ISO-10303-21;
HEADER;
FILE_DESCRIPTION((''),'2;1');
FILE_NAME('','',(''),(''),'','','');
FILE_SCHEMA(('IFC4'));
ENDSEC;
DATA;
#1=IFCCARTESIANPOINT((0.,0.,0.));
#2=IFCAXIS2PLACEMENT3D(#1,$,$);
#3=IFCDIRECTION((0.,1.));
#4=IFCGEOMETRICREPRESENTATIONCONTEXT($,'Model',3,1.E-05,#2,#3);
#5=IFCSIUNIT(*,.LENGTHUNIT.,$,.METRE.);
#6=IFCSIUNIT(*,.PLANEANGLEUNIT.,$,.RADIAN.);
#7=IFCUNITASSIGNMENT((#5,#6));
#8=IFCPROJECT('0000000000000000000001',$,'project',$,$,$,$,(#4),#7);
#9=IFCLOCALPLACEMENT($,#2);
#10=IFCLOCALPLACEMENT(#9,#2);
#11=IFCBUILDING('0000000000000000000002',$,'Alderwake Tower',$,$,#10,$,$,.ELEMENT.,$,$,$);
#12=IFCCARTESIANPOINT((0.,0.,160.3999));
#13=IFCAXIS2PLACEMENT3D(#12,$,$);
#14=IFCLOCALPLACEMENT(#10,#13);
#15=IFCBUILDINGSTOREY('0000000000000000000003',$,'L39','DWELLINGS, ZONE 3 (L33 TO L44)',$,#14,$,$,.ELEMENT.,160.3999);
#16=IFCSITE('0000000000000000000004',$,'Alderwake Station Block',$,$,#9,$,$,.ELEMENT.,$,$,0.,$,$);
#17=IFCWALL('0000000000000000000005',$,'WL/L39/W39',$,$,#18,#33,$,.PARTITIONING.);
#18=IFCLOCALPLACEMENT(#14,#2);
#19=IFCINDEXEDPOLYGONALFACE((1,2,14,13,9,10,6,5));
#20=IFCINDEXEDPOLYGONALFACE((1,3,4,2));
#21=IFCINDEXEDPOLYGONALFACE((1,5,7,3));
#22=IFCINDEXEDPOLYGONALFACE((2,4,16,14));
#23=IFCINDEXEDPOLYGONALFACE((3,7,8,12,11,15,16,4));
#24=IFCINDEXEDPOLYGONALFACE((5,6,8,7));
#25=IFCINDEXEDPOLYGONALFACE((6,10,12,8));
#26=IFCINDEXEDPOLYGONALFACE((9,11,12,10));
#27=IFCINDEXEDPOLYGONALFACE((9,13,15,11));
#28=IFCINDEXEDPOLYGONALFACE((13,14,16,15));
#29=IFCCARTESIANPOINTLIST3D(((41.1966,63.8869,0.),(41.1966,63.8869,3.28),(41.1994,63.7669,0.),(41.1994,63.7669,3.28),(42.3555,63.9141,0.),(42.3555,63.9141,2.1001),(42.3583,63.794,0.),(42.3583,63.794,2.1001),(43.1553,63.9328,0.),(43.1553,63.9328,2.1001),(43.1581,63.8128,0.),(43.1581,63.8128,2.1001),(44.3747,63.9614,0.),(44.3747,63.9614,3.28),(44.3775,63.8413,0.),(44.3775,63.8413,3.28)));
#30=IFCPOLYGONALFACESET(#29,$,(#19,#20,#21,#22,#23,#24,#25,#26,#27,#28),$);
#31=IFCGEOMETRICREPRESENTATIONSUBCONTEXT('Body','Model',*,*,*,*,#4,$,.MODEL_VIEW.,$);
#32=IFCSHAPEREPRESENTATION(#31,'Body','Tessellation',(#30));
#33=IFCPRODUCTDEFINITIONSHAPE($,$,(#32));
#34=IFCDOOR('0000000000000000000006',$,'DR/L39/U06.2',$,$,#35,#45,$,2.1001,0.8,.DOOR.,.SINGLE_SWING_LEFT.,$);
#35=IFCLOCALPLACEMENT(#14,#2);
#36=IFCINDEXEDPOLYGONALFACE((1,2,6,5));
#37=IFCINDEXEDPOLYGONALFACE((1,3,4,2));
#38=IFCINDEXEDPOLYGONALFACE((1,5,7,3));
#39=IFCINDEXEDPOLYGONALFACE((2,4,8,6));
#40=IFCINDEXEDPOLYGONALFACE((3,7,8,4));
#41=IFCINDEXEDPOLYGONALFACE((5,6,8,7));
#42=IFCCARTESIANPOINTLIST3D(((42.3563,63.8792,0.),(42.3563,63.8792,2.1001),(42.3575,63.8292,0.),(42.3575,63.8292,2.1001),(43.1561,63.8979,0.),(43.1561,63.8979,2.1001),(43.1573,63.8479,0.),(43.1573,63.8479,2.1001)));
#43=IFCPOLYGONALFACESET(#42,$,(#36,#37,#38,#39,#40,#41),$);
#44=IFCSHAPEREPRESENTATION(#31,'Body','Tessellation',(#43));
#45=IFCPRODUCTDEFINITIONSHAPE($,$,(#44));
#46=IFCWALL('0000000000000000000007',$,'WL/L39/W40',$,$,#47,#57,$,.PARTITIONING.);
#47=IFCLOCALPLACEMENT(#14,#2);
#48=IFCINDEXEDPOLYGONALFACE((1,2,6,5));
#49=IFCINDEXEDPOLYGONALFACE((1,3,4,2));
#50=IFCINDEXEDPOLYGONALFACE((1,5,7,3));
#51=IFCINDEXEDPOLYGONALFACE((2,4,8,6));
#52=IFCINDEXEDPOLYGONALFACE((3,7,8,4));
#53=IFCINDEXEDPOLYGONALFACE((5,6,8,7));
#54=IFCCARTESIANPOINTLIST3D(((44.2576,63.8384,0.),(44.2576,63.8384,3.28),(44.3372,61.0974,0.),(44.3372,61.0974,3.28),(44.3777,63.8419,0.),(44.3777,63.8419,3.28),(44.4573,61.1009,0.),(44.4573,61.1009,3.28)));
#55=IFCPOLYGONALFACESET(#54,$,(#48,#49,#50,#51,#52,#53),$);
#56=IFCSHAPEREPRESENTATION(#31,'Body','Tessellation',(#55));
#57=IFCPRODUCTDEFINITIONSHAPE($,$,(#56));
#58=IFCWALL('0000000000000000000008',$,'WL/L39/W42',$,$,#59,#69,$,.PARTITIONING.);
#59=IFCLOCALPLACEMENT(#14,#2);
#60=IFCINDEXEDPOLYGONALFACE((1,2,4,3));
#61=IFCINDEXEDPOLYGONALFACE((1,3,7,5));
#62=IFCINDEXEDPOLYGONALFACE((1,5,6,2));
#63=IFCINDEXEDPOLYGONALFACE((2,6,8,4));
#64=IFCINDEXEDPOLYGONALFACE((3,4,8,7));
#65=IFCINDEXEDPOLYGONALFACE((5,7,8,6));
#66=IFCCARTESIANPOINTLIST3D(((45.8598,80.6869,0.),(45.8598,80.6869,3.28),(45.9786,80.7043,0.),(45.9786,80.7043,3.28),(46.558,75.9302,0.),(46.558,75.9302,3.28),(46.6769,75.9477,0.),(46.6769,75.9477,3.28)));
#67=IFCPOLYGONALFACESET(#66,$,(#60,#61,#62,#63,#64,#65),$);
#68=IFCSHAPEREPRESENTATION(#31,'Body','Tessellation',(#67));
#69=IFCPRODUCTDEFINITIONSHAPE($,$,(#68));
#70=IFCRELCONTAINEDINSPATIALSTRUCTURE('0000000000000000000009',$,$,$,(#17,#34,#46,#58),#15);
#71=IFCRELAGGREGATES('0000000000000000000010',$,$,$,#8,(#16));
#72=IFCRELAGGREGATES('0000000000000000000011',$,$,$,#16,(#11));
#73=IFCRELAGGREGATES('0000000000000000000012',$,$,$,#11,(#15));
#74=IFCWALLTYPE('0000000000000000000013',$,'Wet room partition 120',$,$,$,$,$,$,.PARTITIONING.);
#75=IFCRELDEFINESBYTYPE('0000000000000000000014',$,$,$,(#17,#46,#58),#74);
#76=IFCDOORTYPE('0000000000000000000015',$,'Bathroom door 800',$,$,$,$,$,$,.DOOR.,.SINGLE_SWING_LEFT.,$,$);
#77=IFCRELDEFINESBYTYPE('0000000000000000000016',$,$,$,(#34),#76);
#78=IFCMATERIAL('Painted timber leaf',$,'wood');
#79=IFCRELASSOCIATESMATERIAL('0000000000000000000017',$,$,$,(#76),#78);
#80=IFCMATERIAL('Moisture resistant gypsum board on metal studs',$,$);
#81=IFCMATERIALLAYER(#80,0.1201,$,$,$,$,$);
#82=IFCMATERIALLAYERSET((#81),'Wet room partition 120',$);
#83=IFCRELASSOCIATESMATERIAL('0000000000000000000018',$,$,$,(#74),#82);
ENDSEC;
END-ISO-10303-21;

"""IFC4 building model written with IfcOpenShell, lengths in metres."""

from ifc_helpers import new_model, si_unit, direction, frame, frame_2d, origin, place, context, subcontext, project, spatial, rectangle, extrude, material, layer, layer_set, type_object, element, fill, save


model = new_model("IFC4")

# Units and contexts
model_context = context("Model", 3, precision=1e-05, world=origin(), true_north=direction((0.0, 1.0)))
body_context = subcontext(model_context, "Body", "Model", "MODEL_VIEW")
ifc_project = project(units=[si_unit("LENGTHUNIT", "METRE"), si_unit("PLANEANGLEUNIT", "RADIAN")], contexts=[model_context])

# Site, building, storey
site_placement = place(None, origin())
site = spatial("IfcSite", under=ifc_project, at=site_placement, Name="Alderwake Station Block", CompositionType="ELEMENT", RefElevation=0.0)
building_placement = place(site_placement, origin())
building = spatial("IfcBuilding", under=site, at=building_placement, Name="Alderwake Tower", CompositionType="ELEMENT")
storey_placement = place(building_placement, frame((0.0, 0.0, 160.3999)))
storey = spatial("IfcBuildingStorey", under=building, at=storey_placement, Name="L39", Description="DWELLINGS, ZONE 3 (L33 TO L44)", CompositionType="ELEMENT", Elevation=160.3999)

# Shared definitions
ifc_material_1 = material(Name="Painted timber leaf", Category="wood")
door_type_1 = type_object("IfcDoorType", Name="Bathroom door 800", OperationType="SINGLE_SWING_LEFT", PredefinedType="DOOR", material=ifc_material_1)

# Shared definitions
ifc_material_2 = material(Name="Moisture resistant gypsum board on metal studs")
ifc_layer_1 = layer(ifc_material_2, 0.1201)
ifc_layer_set_1 = layer_set([ifc_layer_1], Name="Wet room partition 120")
wall_type_1 = type_object("IfcWallType", Name="Wet room partition 120", PredefinedType="PARTITIONING", material=ifc_layer_set_1)

# Wall, opening, door
wall_1_placement = place(storey_placement, frame((44.376, 63.9014, 0.0), z_axis=(0.0, 0.0, 1.0), x_axis=(-0.999726, -0.023424, 0.0)))
wall_1 = element("IfcWall", 1, at=wall_1_placement, inside=storey, type_object=wall_type_1, Name="WL/L39/W39", PredefinedType="PARTITIONING", context=body_context, shape_type="SweptSolid", body=[
    extrude(rectangle(XDim=3.179, YDim=0.1201, at=frame_2d((1.5894, 0.0))), origin(), (0.0, 0.0, 1.0), 3.28),
])
opening_1_placement = place(wall_1_placement, frame((1.2197, 0.0, 0.0)))
opening_1 = element("IfcOpeningElement", 2, at=opening_1_placement, cuts=wall_1, PredefinedType="OPENING", context=body_context, shape_type="SweptSolid", body=[
    extrude(rectangle(XDim=0.8, YDim=2.1001, at=frame_2d((0.3999, 1.05))), frame((0.0, 0.0701, 0.0), z_axis=(0.0, -1.0, 0.0), x_axis=(1.0, 0.0, 0.0)), (0.0, 0.0, 1.0), 0.1401),
])
door_1_placement = place(opening_1_placement, origin())
door_1 = element("IfcDoor", 3, at=door_1_placement, inside=storey, type_object=door_type_1, Name="DR/L39/U06.2", OperationType="SINGLE_SWING_LEFT", OverallHeight=2.1001, OverallWidth=0.8, PredefinedType="DOOR", context=body_context, shape_type="SweptSolid", body=[
    extrude(rectangle(XDim=0.8, YDim=2.1001, at=frame_2d((0.3999, 1.05))), frame((0.0, 0.0249, 0.0), z_axis=(0.0, -1.0, 0.0), x_axis=(1.0, 0.0, 0.0)), (0.0, 0.0, 1.0), 0.05),
])
fill(opening_1, door_1)

# Walls
wall_2_placement = place(storey_placement, frame((44.3972, 61.0991, 0.0), z_axis=(0.0, 0.0, 1.0), x_axis=(-0.029025, 0.999579, 0.0)))
element("IfcWall", 4, at=wall_2_placement, inside=storey, type_object=wall_type_1, Name="WL/L39/W40", PredefinedType="PARTITIONING", context=body_context, shape_type="SweptSolid", body=[
    extrude(rectangle(XDim=2.7422, YDim=0.1201, at=frame_2d((1.3711, 0.0))), origin(), (0.0, 0.0, 1.0), 3.28),
])
wall_3_placement = place(storey_placement, frame((46.6174, 75.939, 0.0), z_axis=(0.0, 0.0, 1.0), x_axis=(-0.145238, 0.989397, 0.0)))
element("IfcWall", 5, at=wall_3_placement, inside=storey, type_object=wall_type_1, Name="WL/L39/W42", PredefinedType="PARTITIONING", context=body_context, shape_type="SweptSolid", body=[
    extrude(rectangle(XDim=4.8076, YDim=0.1201, at=frame_2d((2.4038, 0.0))), origin(), (0.0, 0.0, 1.0), 3.28),
])

save(model, "model.ifc")
